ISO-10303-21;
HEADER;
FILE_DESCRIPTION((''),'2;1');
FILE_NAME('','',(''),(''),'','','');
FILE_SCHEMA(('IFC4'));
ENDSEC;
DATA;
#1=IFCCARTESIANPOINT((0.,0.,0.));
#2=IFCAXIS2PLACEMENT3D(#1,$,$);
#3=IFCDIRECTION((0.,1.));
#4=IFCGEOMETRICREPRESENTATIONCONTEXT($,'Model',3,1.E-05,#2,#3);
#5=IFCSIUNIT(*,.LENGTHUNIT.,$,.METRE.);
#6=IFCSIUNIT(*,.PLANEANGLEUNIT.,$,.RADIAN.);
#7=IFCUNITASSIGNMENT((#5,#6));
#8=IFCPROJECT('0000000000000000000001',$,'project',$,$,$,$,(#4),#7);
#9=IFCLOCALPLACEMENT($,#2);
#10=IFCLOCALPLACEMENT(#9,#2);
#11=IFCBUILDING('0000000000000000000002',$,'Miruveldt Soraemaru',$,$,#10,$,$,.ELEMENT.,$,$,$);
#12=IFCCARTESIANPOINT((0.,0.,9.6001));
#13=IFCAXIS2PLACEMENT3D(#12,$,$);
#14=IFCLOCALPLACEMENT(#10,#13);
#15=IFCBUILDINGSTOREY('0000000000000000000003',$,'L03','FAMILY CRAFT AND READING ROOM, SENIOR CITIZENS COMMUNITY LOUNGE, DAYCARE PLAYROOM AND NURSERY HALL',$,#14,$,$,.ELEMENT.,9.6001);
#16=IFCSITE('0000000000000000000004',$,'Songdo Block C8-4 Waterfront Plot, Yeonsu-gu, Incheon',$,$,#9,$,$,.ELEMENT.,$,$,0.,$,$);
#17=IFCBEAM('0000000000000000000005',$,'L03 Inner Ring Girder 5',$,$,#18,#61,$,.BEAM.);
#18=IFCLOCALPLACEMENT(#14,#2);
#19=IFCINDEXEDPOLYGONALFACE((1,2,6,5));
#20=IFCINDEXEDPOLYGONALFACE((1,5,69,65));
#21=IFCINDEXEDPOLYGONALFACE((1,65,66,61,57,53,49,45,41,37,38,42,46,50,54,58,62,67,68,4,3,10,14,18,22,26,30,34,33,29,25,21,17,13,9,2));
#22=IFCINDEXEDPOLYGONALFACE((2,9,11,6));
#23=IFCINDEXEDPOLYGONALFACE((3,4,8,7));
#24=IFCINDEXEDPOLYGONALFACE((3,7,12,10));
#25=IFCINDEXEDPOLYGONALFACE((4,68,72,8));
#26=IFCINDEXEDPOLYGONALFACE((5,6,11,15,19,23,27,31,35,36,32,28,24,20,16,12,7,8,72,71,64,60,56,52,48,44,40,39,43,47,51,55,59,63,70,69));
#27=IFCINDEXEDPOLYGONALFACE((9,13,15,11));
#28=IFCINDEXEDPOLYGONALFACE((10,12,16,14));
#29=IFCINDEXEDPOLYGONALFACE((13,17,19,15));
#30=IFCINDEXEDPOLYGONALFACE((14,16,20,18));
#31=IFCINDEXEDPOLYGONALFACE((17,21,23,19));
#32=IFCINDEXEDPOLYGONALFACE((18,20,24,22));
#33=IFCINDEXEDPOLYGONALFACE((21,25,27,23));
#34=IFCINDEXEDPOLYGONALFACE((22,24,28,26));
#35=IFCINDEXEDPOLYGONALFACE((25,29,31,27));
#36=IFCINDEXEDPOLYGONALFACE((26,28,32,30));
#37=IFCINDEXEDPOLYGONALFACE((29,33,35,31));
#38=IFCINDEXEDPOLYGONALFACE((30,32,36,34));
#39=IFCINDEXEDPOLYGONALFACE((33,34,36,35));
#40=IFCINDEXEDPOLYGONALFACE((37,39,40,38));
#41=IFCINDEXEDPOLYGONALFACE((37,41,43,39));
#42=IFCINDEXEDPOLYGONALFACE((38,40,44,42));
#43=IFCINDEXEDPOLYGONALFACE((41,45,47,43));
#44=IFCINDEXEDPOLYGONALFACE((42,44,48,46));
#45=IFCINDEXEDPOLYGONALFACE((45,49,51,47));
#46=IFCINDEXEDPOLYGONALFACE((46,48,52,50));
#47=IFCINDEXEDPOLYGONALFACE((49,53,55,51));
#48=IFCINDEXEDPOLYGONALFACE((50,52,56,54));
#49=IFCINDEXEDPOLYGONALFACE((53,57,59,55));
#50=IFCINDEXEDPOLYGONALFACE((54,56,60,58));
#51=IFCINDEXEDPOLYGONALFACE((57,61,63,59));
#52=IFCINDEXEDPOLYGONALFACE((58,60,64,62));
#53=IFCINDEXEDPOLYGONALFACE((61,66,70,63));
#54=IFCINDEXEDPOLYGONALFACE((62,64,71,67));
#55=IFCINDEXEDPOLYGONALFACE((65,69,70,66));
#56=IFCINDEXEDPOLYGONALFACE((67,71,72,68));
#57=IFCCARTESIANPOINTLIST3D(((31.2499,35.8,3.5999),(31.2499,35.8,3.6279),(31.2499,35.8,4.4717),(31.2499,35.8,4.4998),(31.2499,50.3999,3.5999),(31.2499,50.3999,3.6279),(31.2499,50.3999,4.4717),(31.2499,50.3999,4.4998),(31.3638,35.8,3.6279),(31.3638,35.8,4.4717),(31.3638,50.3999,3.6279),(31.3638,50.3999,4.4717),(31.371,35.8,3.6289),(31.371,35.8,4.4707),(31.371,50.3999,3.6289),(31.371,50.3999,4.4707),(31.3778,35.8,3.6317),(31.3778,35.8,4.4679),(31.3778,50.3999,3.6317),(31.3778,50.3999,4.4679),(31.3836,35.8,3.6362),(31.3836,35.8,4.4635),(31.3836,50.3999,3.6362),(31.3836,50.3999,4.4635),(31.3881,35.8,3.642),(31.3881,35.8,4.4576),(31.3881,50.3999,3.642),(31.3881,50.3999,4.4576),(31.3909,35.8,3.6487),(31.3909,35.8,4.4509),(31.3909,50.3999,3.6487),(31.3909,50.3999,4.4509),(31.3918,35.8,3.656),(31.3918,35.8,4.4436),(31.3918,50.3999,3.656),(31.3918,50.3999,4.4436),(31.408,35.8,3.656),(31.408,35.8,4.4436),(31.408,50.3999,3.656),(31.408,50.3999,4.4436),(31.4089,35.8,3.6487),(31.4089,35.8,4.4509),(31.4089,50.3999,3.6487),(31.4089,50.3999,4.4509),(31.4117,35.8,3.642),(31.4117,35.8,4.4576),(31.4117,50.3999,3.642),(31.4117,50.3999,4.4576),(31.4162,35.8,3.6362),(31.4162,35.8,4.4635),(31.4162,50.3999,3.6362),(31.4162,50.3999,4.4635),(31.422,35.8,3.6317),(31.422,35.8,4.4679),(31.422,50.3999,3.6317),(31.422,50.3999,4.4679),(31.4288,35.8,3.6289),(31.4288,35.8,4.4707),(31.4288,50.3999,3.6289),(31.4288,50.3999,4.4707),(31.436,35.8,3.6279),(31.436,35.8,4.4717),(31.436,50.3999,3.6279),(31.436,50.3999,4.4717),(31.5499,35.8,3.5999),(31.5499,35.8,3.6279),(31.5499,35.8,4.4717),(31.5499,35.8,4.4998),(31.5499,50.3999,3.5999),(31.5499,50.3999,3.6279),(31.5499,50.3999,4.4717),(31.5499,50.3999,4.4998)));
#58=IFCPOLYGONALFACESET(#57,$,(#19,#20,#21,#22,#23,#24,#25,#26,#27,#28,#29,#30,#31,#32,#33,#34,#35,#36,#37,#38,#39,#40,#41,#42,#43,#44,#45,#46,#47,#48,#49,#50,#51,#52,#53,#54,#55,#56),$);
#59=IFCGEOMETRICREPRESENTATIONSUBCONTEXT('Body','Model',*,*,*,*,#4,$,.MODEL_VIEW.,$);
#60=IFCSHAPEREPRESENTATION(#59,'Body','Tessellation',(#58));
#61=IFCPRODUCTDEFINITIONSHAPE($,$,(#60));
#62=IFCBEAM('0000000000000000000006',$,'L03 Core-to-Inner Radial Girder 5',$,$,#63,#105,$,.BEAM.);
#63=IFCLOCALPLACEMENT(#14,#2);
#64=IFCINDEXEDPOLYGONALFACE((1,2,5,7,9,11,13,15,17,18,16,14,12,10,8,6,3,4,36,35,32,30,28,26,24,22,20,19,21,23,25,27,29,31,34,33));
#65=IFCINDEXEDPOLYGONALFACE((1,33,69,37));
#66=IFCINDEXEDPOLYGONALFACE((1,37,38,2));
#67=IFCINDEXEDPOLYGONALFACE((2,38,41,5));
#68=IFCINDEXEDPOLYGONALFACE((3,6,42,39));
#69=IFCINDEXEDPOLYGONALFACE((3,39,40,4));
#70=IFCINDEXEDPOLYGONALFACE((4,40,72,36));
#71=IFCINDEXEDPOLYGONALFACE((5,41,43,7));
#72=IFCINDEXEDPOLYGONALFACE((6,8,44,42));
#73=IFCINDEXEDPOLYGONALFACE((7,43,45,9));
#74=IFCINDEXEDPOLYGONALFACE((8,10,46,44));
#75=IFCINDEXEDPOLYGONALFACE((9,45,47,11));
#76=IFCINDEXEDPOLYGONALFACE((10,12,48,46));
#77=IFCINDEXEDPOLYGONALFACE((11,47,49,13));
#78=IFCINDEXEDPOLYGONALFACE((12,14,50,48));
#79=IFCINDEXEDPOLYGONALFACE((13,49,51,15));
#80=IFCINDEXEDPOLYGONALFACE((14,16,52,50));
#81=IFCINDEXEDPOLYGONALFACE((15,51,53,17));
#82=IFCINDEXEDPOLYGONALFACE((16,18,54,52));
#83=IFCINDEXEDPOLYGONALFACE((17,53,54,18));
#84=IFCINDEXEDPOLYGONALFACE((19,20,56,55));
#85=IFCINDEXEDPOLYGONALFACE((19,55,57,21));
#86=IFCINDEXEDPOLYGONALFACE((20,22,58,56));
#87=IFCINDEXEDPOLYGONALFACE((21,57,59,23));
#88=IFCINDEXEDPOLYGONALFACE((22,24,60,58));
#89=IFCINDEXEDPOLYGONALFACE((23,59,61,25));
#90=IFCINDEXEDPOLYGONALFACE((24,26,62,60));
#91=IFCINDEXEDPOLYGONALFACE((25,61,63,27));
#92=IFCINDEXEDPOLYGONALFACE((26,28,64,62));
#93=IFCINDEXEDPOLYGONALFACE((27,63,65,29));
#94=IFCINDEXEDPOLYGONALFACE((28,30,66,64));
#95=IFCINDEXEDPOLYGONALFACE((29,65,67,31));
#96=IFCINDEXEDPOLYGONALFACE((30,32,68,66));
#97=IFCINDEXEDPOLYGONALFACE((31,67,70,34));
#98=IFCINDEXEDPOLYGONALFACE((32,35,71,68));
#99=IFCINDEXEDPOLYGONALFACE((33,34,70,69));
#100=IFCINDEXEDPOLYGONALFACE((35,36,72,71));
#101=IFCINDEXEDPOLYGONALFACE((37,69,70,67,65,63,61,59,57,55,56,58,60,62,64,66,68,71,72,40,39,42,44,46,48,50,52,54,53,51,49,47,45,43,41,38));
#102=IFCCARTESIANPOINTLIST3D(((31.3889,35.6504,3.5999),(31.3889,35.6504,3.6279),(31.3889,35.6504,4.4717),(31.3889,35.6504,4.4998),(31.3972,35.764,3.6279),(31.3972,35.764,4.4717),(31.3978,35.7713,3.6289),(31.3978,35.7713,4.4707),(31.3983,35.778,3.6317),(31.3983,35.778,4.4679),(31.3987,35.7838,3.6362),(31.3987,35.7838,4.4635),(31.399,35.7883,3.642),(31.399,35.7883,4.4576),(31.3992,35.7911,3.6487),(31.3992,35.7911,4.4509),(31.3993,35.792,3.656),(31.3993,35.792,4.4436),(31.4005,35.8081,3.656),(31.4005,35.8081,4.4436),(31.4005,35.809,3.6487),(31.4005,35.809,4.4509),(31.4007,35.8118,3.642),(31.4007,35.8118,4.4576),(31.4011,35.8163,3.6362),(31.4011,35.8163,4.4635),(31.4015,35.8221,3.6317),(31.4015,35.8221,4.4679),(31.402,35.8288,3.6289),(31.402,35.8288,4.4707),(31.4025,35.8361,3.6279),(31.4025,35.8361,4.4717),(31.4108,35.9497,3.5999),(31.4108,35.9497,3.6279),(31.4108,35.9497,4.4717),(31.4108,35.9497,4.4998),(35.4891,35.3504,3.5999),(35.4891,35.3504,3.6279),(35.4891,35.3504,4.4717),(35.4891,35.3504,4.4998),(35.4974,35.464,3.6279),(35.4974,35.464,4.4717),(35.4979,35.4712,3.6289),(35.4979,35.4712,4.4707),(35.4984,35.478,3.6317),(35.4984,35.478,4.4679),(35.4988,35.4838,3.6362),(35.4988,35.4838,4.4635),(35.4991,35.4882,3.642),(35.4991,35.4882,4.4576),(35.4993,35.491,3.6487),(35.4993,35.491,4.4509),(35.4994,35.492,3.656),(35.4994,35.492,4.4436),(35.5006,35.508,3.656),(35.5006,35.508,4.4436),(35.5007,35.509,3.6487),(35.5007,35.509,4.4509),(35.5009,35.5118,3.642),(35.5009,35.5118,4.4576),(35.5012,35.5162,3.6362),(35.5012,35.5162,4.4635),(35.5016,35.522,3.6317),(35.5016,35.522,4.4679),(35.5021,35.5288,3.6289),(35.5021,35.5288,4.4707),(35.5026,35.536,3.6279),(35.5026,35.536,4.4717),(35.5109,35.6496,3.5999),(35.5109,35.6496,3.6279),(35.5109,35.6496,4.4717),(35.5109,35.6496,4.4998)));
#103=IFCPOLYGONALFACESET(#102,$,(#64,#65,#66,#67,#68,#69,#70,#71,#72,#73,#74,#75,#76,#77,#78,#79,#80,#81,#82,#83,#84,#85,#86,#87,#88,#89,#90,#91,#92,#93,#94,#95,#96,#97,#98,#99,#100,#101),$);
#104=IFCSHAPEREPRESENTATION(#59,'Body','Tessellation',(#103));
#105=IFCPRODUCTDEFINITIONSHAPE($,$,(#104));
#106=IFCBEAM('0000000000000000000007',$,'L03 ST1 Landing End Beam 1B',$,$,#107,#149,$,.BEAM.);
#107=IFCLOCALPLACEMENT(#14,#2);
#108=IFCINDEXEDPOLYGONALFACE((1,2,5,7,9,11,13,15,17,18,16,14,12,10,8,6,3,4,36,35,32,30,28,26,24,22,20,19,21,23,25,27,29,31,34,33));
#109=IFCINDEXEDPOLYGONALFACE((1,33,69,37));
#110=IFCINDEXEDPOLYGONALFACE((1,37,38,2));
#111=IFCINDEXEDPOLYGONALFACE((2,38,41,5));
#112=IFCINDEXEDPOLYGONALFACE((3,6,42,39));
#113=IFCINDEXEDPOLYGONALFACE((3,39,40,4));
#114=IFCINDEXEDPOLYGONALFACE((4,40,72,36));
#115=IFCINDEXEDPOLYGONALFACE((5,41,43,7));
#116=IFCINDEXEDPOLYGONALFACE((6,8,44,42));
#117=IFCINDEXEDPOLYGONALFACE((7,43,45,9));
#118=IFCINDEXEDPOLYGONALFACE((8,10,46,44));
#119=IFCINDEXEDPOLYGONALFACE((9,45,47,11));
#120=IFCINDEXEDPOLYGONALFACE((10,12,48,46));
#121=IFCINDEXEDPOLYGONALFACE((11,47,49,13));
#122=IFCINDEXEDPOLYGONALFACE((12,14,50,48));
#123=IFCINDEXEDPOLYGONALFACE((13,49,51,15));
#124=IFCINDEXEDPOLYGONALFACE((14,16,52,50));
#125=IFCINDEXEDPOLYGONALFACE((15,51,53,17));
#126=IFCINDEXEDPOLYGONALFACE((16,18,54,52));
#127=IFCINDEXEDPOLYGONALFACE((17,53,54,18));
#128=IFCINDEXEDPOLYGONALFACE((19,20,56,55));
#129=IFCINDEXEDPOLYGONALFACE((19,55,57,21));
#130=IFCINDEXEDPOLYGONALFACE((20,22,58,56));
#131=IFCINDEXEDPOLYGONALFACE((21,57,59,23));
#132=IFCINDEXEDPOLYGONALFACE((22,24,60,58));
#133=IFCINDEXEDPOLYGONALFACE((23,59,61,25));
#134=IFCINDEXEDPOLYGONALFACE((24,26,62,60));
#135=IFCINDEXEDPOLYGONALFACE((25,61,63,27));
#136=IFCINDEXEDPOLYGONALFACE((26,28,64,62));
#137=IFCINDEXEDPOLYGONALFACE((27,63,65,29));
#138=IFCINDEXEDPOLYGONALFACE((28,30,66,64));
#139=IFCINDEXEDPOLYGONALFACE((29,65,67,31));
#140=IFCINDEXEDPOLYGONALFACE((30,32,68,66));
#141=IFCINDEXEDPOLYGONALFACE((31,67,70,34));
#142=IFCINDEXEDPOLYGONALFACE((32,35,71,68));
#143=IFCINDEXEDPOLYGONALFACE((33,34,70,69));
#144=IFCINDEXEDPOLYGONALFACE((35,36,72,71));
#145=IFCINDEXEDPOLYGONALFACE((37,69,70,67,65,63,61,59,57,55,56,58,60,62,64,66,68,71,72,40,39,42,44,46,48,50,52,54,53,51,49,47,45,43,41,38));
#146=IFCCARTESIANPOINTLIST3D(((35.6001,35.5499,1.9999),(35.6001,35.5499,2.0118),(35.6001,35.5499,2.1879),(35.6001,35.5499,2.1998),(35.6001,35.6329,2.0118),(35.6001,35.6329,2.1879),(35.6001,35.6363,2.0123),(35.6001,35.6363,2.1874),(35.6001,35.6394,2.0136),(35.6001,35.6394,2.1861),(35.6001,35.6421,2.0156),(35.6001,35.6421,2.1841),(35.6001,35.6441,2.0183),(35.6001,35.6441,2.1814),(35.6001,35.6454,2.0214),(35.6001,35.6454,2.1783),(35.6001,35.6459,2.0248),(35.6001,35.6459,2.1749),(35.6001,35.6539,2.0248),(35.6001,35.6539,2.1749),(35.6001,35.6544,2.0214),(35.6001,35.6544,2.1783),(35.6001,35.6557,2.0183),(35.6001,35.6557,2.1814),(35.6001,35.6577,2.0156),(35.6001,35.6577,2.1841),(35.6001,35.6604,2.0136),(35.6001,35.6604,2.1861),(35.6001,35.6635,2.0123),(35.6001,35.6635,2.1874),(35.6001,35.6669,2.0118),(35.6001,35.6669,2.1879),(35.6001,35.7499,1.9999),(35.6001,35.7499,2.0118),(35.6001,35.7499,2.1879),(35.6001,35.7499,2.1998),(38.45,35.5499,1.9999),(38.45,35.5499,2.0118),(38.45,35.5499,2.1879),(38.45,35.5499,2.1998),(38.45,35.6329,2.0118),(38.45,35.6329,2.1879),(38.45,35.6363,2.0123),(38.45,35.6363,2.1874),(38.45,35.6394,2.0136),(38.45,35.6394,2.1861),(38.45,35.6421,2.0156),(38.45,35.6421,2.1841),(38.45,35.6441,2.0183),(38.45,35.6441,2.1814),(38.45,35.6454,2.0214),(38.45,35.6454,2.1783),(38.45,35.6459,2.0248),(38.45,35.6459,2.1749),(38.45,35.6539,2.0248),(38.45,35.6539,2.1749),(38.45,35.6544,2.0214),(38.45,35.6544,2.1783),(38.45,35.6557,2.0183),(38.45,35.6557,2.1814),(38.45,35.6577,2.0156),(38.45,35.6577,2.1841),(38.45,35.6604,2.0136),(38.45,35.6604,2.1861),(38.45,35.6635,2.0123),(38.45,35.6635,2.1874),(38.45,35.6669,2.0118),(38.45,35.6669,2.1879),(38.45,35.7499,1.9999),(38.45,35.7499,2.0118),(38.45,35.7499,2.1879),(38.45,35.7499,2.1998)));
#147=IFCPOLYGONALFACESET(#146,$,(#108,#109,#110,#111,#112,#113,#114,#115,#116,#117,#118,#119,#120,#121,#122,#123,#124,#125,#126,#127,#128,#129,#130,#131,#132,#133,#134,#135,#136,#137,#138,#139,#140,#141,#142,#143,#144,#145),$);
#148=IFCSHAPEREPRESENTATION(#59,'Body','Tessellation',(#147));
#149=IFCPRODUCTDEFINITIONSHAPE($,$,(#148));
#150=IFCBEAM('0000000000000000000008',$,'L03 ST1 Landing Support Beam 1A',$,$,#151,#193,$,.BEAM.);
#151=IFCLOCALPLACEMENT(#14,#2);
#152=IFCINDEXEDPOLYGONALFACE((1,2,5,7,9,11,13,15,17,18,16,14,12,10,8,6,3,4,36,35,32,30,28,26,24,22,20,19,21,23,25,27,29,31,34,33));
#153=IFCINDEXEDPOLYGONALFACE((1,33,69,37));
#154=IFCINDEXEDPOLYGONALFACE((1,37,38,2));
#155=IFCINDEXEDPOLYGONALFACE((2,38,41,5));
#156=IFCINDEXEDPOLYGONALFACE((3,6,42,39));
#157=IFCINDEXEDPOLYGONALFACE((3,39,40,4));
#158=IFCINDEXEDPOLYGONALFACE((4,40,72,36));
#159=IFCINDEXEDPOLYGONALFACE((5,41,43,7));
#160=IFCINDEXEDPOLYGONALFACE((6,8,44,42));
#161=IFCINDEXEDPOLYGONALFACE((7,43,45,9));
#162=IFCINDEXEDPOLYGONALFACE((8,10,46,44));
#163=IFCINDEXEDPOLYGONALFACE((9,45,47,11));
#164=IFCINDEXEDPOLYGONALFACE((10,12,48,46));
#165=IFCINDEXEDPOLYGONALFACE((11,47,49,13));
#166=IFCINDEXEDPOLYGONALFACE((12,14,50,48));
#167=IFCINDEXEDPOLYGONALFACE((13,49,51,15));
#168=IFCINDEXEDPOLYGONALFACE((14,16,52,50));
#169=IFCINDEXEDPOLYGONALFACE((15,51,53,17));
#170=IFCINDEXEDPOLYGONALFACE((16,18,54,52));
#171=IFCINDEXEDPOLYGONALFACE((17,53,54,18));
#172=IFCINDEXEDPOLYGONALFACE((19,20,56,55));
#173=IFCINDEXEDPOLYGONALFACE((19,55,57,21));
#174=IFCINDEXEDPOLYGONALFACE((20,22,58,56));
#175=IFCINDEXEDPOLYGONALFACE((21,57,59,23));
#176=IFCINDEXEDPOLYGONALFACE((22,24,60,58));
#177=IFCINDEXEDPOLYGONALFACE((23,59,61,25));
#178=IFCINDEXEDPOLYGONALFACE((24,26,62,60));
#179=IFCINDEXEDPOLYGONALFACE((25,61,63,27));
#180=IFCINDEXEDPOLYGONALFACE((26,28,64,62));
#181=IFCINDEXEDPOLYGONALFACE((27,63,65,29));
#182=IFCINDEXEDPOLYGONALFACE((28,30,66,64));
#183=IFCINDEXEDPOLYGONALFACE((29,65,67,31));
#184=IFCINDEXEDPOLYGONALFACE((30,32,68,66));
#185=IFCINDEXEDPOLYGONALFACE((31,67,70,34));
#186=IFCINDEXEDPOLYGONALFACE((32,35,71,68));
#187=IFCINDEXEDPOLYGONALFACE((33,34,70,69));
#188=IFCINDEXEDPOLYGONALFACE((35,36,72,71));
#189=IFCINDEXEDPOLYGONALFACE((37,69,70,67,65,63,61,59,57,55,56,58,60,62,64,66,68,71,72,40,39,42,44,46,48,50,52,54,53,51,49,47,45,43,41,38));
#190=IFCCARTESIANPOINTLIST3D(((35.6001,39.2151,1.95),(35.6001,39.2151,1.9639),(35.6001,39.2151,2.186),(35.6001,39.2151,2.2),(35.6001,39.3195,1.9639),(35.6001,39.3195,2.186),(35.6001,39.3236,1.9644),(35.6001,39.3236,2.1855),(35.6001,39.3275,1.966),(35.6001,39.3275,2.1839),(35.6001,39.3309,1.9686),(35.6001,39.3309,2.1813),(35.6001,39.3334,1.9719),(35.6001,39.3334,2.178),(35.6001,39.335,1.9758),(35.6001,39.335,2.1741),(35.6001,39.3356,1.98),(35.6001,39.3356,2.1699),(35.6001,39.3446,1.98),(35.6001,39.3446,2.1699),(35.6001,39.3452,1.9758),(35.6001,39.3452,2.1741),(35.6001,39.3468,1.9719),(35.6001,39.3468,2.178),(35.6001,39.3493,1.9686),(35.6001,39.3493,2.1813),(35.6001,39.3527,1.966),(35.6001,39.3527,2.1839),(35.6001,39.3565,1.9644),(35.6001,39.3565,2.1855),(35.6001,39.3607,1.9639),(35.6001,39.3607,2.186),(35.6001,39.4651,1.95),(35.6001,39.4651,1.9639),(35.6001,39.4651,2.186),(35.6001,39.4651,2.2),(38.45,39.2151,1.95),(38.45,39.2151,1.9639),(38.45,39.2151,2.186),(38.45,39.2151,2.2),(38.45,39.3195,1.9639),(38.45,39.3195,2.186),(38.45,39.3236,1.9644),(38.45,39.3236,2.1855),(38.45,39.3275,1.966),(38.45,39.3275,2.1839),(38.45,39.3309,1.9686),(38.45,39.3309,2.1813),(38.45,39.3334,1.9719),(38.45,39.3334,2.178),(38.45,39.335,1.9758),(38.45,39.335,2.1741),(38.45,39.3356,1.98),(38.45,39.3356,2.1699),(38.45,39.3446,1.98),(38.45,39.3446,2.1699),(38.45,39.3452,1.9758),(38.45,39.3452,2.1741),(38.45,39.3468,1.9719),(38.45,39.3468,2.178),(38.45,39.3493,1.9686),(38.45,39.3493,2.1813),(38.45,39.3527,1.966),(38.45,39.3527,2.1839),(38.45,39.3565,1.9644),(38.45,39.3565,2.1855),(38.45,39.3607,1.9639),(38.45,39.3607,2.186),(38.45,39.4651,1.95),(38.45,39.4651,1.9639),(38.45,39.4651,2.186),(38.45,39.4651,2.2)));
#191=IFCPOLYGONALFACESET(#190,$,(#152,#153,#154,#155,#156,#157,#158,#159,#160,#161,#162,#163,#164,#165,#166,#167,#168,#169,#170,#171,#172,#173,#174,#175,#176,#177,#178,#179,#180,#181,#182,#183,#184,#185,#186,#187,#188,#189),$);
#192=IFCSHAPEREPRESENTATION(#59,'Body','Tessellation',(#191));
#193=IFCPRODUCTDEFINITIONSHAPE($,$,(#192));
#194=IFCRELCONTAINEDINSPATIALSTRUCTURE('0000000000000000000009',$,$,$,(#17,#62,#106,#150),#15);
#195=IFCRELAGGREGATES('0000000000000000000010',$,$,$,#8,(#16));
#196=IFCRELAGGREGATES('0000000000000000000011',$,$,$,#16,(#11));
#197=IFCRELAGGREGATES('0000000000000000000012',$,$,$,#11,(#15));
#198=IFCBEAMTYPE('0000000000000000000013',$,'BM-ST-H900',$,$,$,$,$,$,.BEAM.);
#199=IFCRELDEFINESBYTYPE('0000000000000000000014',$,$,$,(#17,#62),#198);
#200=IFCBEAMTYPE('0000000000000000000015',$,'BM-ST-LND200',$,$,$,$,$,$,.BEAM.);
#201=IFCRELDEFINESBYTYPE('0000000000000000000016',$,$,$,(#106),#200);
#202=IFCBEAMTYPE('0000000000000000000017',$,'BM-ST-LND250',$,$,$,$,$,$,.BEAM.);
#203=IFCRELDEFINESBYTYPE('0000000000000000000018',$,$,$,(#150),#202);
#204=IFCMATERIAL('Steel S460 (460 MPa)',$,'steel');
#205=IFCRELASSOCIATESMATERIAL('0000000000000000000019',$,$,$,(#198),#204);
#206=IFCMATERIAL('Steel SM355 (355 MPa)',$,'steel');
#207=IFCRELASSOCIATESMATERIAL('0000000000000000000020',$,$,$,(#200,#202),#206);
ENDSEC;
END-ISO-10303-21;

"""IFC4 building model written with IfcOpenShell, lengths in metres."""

from ifc_helpers import new_model, si_unit, direction, frame, origin, origin_2d, place, context, subcontext, project, spatial, i_section, extrude, material, material_profile, profile_set, type_object, element, save


model = new_model("IFC4")

# Units and contexts
model_context = context("Model", 3, precision=1e-05, world=origin(), true_north=direction((0.0, 1.0)))
body_context = subcontext(model_context, "Body", "Model", "MODEL_VIEW")
ifc_project = project(units=[si_unit("LENGTHUNIT", "METRE"), si_unit("PLANEANGLEUNIT", "RADIAN")], contexts=[model_context])

# Site, building, storey
site_placement = place(None, origin())
site = spatial("IfcSite", under=ifc_project, at=site_placement, Name="Songdo Block C8-4 Waterfront Plot, Yeonsu-gu, Incheon", CompositionType="ELEMENT", RefElevation=0.0)
building_placement = place(site_placement, origin())
building = spatial("IfcBuilding", under=site, at=building_placement, Name="Miruveldt Soraemaru", CompositionType="ELEMENT")
storey_placement = place(building_placement, frame((0.0, 0.0, 9.6001)))
storey = spatial("IfcBuildingStorey", under=building, at=storey_placement, Name="L03", Description="FAMILY CRAFT AND READING ROOM, SENIOR CITIZENS COMMUNITY LOUNGE, DAYCARE PLAYROOM AND NURSERY HALL", CompositionType="ELEMENT", Elevation=9.6001)

# Beams
ifc_material_1 = material(Name="Steel SM355 (355 MPa)", Category="steel")
ifc_material_2 = material(Name="Steel S460 (460 MPa)", Category="steel")
ifc_material_profile_1 = material_profile(ifc_material_2, i_section(OverallWidth=0.3, OverallDepth=0.8999, WebThickness=0.0161, FlangeThickness=0.0281, FilletRadius=0.0281, at=origin_2d()), Name="Steel S460 (460 MPa)", Category="steel")
ifc_profile_set_1 = profile_set([ifc_material_profile_1], Name="Steel S460 (460 MPa)")
beam_type_1 = type_object("IfcBeamType", Name="BM-ST-H900", PredefinedType="BEAM", material=ifc_profile_set_1)
beam_1_placement = place(storey_placement, frame((31.3999, 35.8, 4.0498), z_axis=(0.0, 1.0, 0.0), x_axis=(-1.0, 0.0, 0.0)))
element("IfcBeam", 1, at=beam_1_placement, inside=storey, type_object=beam_type_1, Name="L03 Inner Ring Girder 5", PredefinedType="BEAM", context=body_context, shape_type="SweptSolid", body=[
    extrude(i_section(OverallWidth=0.3, OverallDepth=0.8999, WebThickness=0.0161, FlangeThickness=0.0281, FilletRadius=0.0281, at=origin_2d()), origin(), (0.0, 0.0, 1.0), 14.5999),
])
beam_2_placement = place(storey_placement, frame((35.5, 35.5, 4.0498), z_axis=(-0.997333, 0.072986, 0.0), x_axis=(-0.072986, -0.997333, 0.0)))
element("IfcBeam", 2, at=beam_2_placement, inside=storey, type_object=beam_type_1, Name="L03 Core-to-Inner Radial Girder 5", PredefinedType="BEAM", context=body_context, shape_type="SweptSolid", body=[
    extrude(i_section(OverallWidth=0.3, OverallDepth=0.8999, WebThickness=0.0161, FlangeThickness=0.0281, FilletRadius=0.0281, at=origin_2d()), origin(), (0.0, 0.0, 1.0), 4.1111),
])
ifc_material_profile_2 = material_profile(ifc_material_1, i_section(OverallWidth=0.2, OverallDepth=0.2, WebThickness=0.0081, FlangeThickness=0.012, FilletRadius=0.0129, at=origin_2d()), Name="Steel SM355 (355 MPa)", Category="steel")
ifc_profile_set_2 = profile_set([ifc_material_profile_2], Name="Steel SM355 (355 MPa)")
beam_type_2 = type_object("IfcBeamType", Name="BM-ST-LND200", PredefinedType="BEAM", material=ifc_profile_set_2)
beam_3_placement = place(storey_placement, frame((35.6001, 35.6499, 2.0999), z_axis=(1.0, 0.0, 0.0), x_axis=(0.0, 1.0, 0.0)))
element("IfcBeam", 3, at=beam_3_placement, inside=storey, type_object=beam_type_2, Name="L03 ST1 Landing End Beam 1B", PredefinedType="BEAM", context=body_context, shape_type="SweptSolid", body=[
    extrude(i_section(OverallWidth=0.2, OverallDepth=0.2, WebThickness=0.0081, FlangeThickness=0.012, FilletRadius=0.0129, at=origin_2d()), origin(), (0.0, 0.0, 1.0), 2.8499),
])
ifc_material_profile_3 = material_profile(ifc_material_1, i_section(OverallWidth=0.25, OverallDepth=0.25, WebThickness=0.009, FlangeThickness=0.0139, FilletRadius=0.0161, at=origin_2d()), Name="Steel SM355 (355 MPa)", Category="steel")
ifc_profile_set_3 = profile_set([ifc_material_profile_3], Name="Steel SM355 (355 MPa)")
beam_type_3 = type_object("IfcBeamType", Name="BM-ST-LND250", PredefinedType="BEAM", material=ifc_profile_set_3)
beam_4_placement = place(storey_placement, frame((35.6001, 39.3401, 2.075), z_axis=(1.0, 0.0, 0.0), x_axis=(0.0, 1.0, 0.0)))
element("IfcBeam", 4, at=beam_4_placement, inside=storey, type_object=beam_type_3, Name="L03 ST1 Landing Support Beam 1A", PredefinedType="BEAM", context=body_context, shape_type="SweptSolid", body=[
    extrude(i_section(OverallWidth=0.25, OverallDepth=0.25, WebThickness=0.009, FlangeThickness=0.0139, FilletRadius=0.0161, at=origin_2d()), origin(), (0.0, 0.0, 1.0), 2.8499),
])

save(model, "model.ifc")
